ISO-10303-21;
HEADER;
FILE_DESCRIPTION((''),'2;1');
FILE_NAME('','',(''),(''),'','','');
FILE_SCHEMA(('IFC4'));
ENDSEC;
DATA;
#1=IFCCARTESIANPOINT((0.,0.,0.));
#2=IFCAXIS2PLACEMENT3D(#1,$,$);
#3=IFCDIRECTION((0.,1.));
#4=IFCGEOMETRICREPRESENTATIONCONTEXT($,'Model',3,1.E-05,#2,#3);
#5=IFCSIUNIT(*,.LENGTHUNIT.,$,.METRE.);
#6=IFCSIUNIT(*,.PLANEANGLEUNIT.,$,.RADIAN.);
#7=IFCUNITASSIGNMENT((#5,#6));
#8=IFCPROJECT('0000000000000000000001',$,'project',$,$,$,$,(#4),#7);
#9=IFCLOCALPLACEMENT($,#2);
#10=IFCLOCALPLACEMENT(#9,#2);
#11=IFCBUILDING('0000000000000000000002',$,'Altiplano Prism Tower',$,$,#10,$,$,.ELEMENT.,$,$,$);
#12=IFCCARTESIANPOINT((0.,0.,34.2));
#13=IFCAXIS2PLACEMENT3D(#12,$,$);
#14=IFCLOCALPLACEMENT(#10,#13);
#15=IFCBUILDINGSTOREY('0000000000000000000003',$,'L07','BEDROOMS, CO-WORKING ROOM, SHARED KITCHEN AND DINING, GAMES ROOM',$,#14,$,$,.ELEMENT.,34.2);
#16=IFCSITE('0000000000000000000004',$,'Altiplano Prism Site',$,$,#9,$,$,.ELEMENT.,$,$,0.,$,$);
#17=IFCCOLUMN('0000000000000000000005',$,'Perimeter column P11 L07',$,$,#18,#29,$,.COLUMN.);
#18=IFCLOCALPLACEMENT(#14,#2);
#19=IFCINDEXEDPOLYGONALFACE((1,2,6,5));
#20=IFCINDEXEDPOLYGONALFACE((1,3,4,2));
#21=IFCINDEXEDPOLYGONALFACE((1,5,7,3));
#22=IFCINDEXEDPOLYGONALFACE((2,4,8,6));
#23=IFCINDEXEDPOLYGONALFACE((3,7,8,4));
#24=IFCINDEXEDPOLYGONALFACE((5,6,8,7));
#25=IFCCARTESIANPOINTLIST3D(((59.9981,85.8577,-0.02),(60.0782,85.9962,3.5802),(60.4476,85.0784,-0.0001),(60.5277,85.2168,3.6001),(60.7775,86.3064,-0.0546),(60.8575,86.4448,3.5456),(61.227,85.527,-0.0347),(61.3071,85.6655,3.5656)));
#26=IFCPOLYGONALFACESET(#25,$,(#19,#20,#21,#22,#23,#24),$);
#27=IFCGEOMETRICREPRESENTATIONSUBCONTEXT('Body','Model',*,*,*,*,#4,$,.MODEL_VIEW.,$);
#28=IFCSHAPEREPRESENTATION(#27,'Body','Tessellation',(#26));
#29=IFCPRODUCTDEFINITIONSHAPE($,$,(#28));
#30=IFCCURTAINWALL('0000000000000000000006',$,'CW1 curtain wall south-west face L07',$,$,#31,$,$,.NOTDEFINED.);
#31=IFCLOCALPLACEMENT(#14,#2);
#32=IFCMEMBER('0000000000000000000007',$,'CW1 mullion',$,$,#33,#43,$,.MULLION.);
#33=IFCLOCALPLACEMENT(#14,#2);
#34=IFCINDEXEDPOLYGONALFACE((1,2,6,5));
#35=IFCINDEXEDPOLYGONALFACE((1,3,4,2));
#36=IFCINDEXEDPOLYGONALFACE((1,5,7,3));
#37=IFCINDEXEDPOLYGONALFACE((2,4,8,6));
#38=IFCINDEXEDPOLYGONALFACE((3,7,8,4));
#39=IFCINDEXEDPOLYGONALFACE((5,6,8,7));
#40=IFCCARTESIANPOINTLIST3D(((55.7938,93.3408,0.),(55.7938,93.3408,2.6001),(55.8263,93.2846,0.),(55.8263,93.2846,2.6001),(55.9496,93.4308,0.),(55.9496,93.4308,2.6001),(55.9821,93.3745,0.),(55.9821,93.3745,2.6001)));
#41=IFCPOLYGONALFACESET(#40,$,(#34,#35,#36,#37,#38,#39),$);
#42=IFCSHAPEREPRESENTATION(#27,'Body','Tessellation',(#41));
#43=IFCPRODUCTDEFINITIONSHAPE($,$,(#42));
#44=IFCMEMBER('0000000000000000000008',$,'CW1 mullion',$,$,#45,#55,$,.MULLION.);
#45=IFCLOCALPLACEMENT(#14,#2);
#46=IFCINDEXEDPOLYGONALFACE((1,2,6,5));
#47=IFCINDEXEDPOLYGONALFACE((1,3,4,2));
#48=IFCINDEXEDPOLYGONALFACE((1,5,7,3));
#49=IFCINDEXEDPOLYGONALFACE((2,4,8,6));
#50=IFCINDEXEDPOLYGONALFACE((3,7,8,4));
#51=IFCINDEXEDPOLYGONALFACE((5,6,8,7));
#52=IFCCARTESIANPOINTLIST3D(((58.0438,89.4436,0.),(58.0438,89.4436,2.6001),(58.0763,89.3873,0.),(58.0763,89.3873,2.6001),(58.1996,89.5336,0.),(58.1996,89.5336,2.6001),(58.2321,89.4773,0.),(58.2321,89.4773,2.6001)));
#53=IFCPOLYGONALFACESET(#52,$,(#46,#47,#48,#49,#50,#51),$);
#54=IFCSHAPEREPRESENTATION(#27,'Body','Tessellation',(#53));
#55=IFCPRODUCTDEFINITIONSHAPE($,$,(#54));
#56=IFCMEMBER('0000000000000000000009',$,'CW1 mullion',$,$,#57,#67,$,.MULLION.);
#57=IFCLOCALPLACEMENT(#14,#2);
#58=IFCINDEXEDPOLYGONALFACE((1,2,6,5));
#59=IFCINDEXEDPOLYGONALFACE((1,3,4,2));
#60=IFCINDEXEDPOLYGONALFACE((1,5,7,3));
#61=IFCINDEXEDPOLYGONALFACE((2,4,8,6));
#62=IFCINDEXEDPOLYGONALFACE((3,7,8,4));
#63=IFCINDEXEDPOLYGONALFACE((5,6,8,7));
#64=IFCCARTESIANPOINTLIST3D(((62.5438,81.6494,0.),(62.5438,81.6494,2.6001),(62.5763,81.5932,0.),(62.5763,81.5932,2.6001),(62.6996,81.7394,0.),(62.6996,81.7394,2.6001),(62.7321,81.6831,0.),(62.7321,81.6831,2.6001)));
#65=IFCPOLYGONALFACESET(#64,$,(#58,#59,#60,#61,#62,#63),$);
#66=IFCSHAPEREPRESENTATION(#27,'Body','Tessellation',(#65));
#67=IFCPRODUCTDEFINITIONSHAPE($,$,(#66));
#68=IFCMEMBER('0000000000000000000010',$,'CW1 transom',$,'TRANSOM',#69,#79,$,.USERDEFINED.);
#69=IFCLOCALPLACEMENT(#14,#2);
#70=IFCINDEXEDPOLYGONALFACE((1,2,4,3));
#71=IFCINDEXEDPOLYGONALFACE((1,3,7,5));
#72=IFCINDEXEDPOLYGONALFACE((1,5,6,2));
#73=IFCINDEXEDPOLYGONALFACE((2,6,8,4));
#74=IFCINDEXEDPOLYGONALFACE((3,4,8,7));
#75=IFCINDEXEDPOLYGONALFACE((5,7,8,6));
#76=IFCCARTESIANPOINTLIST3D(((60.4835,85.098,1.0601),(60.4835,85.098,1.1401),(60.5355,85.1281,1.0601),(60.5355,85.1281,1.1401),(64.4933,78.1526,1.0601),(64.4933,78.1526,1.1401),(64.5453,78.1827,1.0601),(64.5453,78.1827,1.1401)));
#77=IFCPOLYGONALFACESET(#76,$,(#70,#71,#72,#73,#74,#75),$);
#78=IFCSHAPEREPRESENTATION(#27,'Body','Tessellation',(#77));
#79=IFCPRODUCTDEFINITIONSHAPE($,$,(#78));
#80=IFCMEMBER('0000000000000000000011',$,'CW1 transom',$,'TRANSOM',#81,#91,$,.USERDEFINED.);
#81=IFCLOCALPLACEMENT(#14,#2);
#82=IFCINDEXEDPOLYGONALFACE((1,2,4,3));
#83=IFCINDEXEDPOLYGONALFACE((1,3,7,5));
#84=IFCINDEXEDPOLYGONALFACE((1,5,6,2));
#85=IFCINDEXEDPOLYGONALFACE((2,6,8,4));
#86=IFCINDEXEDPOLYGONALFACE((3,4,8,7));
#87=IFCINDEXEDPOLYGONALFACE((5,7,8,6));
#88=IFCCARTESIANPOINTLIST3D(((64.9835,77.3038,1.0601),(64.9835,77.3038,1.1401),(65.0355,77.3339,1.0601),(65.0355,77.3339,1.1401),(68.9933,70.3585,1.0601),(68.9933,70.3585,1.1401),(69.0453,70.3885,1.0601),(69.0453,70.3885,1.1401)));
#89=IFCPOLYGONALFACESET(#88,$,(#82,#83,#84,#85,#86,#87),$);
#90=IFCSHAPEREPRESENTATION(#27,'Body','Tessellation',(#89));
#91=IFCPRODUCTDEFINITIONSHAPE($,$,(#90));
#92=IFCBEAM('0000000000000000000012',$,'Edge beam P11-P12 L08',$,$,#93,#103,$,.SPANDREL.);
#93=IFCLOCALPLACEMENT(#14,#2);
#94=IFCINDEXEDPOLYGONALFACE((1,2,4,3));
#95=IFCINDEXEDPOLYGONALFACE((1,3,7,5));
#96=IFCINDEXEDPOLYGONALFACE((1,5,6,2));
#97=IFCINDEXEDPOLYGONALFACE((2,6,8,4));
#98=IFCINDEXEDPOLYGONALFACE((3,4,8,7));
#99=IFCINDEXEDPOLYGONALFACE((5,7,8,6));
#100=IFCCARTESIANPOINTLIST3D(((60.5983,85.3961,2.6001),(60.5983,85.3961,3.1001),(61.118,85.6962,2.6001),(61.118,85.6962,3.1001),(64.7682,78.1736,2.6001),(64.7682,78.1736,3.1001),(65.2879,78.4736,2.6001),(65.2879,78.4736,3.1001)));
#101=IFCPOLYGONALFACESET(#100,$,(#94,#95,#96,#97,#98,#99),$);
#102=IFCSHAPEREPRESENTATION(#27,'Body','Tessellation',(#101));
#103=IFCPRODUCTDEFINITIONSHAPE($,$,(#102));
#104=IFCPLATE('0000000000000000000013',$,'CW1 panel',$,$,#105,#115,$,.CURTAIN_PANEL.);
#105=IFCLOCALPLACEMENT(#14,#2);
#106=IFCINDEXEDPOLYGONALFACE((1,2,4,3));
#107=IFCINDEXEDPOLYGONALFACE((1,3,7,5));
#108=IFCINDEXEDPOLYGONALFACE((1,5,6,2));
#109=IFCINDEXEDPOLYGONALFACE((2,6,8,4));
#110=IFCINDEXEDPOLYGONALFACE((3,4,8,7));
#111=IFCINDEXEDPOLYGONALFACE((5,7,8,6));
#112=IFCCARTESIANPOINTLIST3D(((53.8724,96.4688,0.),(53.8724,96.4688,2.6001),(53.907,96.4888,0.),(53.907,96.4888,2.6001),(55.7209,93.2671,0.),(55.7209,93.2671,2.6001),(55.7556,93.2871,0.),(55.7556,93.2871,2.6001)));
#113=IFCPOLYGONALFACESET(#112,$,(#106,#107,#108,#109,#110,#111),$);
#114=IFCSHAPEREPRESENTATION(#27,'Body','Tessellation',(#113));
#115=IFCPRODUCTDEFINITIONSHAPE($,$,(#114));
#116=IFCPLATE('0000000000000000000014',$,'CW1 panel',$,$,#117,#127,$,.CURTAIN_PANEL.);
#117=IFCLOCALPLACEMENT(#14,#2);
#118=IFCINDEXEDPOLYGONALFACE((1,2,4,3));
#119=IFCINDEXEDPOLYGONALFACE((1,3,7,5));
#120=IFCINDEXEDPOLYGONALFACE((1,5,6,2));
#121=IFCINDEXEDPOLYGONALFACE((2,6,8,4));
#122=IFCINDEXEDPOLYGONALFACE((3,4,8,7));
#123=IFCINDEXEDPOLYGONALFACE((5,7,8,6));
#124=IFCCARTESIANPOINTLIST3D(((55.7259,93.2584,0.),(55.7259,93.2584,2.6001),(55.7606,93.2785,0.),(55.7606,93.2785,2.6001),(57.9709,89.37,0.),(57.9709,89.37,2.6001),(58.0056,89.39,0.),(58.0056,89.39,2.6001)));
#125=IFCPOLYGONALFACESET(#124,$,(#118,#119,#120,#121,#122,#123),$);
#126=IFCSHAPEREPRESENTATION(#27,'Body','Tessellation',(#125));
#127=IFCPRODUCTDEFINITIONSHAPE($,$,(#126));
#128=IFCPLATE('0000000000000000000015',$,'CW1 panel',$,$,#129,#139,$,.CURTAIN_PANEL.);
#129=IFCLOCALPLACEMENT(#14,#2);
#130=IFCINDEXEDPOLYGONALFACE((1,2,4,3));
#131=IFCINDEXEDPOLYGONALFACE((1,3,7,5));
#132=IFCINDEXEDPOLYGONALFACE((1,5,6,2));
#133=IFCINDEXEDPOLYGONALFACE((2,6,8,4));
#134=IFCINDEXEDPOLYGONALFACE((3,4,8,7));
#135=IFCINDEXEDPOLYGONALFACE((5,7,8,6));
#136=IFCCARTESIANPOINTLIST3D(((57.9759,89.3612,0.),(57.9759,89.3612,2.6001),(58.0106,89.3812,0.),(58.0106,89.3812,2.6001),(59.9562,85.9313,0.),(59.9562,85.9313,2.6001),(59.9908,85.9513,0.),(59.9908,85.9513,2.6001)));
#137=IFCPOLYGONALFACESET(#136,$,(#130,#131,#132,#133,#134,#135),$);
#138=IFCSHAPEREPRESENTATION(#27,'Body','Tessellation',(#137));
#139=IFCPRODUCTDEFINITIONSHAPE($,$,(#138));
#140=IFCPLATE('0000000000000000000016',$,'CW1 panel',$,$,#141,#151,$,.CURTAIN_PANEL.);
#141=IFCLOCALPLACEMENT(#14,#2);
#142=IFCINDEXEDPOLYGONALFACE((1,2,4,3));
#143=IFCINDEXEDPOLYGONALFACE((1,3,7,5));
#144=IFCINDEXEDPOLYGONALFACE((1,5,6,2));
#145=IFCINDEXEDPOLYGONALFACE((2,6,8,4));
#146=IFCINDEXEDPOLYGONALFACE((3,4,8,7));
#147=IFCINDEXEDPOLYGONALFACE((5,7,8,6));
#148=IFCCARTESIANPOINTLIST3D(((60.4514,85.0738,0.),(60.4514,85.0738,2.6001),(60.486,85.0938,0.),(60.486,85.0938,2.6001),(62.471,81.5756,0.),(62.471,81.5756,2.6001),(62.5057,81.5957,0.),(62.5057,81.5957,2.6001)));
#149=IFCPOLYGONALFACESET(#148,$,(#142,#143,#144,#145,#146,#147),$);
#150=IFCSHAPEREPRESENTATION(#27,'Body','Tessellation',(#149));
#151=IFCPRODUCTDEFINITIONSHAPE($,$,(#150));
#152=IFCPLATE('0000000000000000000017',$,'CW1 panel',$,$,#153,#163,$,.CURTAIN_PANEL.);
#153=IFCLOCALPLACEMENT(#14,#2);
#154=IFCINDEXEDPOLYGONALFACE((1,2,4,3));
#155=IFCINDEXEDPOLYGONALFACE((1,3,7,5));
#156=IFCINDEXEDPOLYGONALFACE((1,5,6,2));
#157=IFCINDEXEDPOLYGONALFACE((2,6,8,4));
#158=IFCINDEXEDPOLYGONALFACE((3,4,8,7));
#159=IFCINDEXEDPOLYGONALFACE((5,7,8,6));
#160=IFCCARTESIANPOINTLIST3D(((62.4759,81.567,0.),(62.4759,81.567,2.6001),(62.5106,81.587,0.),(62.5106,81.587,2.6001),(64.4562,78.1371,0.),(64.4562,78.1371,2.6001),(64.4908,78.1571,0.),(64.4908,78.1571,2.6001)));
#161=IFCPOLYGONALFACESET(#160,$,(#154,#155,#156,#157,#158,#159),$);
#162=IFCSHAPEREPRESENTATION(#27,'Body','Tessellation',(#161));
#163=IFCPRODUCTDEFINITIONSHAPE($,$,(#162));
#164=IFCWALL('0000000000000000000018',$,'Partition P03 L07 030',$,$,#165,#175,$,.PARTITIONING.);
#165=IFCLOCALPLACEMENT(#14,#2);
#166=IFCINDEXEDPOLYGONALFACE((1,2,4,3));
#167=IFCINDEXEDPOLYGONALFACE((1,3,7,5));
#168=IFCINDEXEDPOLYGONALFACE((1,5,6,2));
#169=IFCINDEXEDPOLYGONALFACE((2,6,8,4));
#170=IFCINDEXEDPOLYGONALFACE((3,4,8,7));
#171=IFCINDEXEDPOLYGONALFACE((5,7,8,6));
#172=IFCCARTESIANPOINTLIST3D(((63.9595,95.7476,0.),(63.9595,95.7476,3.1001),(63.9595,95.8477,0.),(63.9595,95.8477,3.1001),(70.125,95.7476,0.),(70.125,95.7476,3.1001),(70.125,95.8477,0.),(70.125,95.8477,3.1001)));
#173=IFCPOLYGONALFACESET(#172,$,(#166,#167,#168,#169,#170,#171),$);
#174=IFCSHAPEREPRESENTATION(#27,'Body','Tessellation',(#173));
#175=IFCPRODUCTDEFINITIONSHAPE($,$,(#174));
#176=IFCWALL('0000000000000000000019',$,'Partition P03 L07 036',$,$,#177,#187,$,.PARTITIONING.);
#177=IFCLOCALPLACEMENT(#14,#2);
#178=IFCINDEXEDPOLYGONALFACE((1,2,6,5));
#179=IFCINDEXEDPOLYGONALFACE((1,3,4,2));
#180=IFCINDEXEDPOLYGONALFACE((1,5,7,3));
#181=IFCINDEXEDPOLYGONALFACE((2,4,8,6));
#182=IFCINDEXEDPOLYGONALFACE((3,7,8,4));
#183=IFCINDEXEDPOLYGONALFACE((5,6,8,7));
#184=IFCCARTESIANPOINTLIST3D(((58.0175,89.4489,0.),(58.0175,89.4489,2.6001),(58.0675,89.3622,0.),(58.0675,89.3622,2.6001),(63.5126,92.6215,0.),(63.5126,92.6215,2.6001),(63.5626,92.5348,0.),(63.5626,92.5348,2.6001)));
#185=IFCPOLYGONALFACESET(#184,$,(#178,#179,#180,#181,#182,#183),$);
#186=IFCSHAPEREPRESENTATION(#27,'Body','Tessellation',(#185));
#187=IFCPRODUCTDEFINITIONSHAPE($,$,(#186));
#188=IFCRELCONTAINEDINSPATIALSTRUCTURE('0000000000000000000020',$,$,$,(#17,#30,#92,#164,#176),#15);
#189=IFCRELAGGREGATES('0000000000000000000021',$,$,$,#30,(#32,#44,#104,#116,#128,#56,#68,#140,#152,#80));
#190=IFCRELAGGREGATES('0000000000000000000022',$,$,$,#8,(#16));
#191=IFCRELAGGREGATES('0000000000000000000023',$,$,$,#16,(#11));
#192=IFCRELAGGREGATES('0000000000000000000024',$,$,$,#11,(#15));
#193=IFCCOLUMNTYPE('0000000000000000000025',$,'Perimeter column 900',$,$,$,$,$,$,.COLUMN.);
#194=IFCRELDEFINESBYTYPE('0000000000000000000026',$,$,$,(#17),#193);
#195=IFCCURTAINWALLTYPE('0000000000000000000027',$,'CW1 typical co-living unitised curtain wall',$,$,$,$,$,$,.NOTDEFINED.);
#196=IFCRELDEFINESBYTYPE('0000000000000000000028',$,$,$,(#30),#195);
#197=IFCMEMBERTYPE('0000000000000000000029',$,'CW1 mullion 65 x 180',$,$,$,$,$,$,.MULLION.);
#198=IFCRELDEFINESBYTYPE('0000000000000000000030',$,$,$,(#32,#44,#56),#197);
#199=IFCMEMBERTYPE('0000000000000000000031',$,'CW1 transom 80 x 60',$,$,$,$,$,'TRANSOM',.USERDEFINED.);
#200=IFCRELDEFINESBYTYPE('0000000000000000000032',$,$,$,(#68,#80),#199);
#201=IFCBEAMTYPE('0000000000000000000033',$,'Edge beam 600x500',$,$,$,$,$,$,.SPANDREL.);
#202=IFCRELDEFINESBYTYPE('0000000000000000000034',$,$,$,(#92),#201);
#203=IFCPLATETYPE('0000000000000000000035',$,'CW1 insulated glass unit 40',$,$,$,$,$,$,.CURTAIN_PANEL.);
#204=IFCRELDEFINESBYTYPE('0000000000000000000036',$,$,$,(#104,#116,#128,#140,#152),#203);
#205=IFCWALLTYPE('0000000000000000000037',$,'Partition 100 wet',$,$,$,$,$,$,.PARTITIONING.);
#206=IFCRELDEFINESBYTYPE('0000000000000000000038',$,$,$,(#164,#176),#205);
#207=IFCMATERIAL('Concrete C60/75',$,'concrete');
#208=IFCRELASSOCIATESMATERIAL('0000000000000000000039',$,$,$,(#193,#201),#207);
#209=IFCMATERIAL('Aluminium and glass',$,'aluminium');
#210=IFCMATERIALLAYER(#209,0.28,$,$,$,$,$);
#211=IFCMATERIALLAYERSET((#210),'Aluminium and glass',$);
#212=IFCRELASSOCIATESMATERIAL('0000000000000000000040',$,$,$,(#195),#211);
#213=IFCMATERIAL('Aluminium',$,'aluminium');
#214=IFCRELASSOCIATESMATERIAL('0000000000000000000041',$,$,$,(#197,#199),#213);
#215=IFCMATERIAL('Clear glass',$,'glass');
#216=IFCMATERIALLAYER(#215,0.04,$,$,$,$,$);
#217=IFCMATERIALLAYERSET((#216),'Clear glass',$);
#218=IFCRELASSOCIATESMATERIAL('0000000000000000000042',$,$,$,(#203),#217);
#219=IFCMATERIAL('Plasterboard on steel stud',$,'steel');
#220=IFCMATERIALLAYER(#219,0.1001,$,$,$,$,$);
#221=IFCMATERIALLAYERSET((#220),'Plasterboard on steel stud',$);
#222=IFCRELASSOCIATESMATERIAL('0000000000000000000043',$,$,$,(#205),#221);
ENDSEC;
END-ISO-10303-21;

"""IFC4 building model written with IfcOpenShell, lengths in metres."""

from ifc_helpers import new_model, si_unit, direction, frame, frame_2d, origin, origin_2d, place, context, subcontext, project, spatial, rectangle, extrude, material, layer, layer_set, material_profile, profile_set, type_object, element, aggregate, save


model = new_model("IFC4")

# Units and contexts
model_context = context("Model", 3, precision=1e-05, world=origin(), true_north=direction((0.0, 1.0)))
body_context = subcontext(model_context, "Body", "Model", "MODEL_VIEW")
ifc_project = project(units=[si_unit("LENGTHUNIT", "METRE"), si_unit("PLANEANGLEUNIT", "RADIAN")], contexts=[model_context])

# Site, building, storey
site_placement = place(None, origin())
site = spatial("IfcSite", under=ifc_project, at=site_placement, Name="Altiplano Prism Site", CompositionType="ELEMENT", RefElevation=0.0)
building_placement = place(site_placement, origin())
building = spatial("IfcBuilding", under=site, at=building_placement, Name="Altiplano Prism Tower", CompositionType="ELEMENT")
storey_placement = place(building_placement, frame((0.0, 0.0, 34.2)))
storey = spatial("IfcBuildingStorey", under=building, at=storey_placement, Name="L07", Description="BEDROOMS, CO-WORKING ROOM, SHARED KITCHEN AND DINING, GAMES ROOM", CompositionType="ELEMENT", Elevation=34.2)

# Column
ifc_material_1 = material(Name="Concrete C60/75", Category="concrete")
ifc_material_profile_1 = material_profile(ifc_material_1, rectangle(XDim=0.8999, YDim=0.8999, at=origin_2d()), Name="Perimeter column 900")
ifc_profile_set_1 = profile_set([ifc_material_profile_1], Name="Concrete C60/75")
column_type = type_object("IfcColumnType", Name="Perimeter column 900", PredefinedType="COLUMN", material=ifc_profile_set_1)
column_placement = place(storey_placement, frame((60.6125, 85.6924, -0.0273), z_axis=(0.022221, 0.038413, 0.999015), x_axis=(-0.866021, -0.498528, 0.038432)))
element("IfcColumn", 1, at=column_placement, inside=storey, type_object=column_type, Name="Perimeter column P11 L07", PredefinedType="COLUMN", context=body_context, shape_type="SweptSolid", body=[
    extrude(rectangle(XDim=0.8999, YDim=0.8999, at=origin_2d()), origin(), (0.0, 0.0, 1.0), 3.6038),
])

# Curtain wall, members
ifc_material_2 = material(Name="Aluminium and glass", Category="aluminium")
ifc_layer_1 = layer(ifc_material_2, 0.28)
ifc_layer_set_1 = layer_set([ifc_layer_1], Name="Aluminium and glass")
curtain_wall_type = type_object("IfcCurtainWallType", Name="CW1 typical co-living unitised curtain wall", PredefinedType="NOTDEFINED", material=ifc_layer_set_1)
curtain_wall_placement = place(storey_placement, origin())
curtain_wall = element("IfcCurtainWall", 2, at=curtain_wall_placement, inside=storey, type_object=curtain_wall_type, Name="CW1 curtain wall south-west face L07", PredefinedType="NOTDEFINED")
ifc_material_3 = material(Name="Aluminium", Category="aluminium")
ifc_material_profile_2 = material_profile(ifc_material_3, rectangle(XDim=0.1799, YDim=0.0649, at=origin_2d()), Name="CW1 mullion 65 x 180")
ifc_profile_set_2 = profile_set([ifc_material_profile_2], Name="Aluminium")
member_type_1 = type_object("IfcMemberType", Name="CW1 mullion 65 x 180", PredefinedType="MULLION", material=ifc_profile_set_2)
member_1_placement = place(storey_placement, frame((55.8879, 93.3577, 0.0), z_axis=(0.0, 0.0, 1.0), x_axis=(0.866025, 0.5, 0.0)))
member_1 = element("IfcMember", 3, at=member_1_placement, type_object=member_type_1, Name="CW1 mullion", PredefinedType="MULLION", context=body_context, shape_type="SweptSolid", body=[
    extrude(rectangle(XDim=0.1799, YDim=0.0649, at=origin_2d()), origin(), (0.0, 0.0, 1.0), 2.6001),
])
member_2_placement = place(storey_placement, frame((58.1379, 89.4604, 0.0), z_axis=(0.0, 0.0, 1.0), x_axis=(0.866025, 0.5, 0.0)))
member_2 = element("IfcMember", 4, at=member_2_placement, type_object=member_type_1, Name="CW1 mullion", PredefinedType="MULLION", context=body_context, shape_type="SweptSolid", body=[
    extrude(rectangle(XDim=0.1799, YDim=0.0649, at=origin_2d()), origin(), (0.0, 0.0, 1.0), 2.6001),
])
member_3_placement = place(storey_placement, frame((62.6379, 81.6663, 0.0), z_axis=(0.0, 0.0, 1.0), x_axis=(0.866025, 0.5, 0.0)))
member_3 = element("IfcMember", 5, at=member_3_placement, type_object=member_type_1, Name="CW1 mullion", PredefinedType="MULLION", context=body_context, shape_type="SweptSolid", body=[
    extrude(rectangle(XDim=0.1799, YDim=0.0649, at=origin_2d()), origin(), (0.0, 0.0, 1.0), 2.6001),
])
ifc_material_profile_3 = material_profile(ifc_material_3, rectangle(XDim=0.0601, YDim=0.0801, at=origin_2d()), Name="CW1 transom 80 x 60")
ifc_profile_set_3 = profile_set([ifc_material_profile_3], Name="Aluminium")
member_type_2 = type_object("IfcMemberType", Name="CW1 transom 80 x 60", ElementType="TRANSOM", PredefinedType="USERDEFINED", material=ifc_profile_set_3)
member_4_placement = place(storey_placement, frame((60.5095, 85.113, 1.1001), z_axis=(0.499989, -0.866031, 0.0), x_axis=(0.866031, 0.499989, 0.0)))
member_4 = element("IfcMember", 6, at=member_4_placement, type_object=member_type_2, Name="CW1 transom", ObjectType="TRANSOM", PredefinedType="USERDEFINED", context=body_context, shape_type="SweptSolid", body=[
    extrude(rectangle(XDim=0.0601, YDim=0.0801, at=origin_2d()), origin(), (0.0, 0.0, 1.0), 8.0198),
])
member_5_placement = place(storey_placement, frame((65.0095, 77.3188, 1.1001), z_axis=(0.499989, -0.866031, 0.0), x_axis=(0.866031, 0.499989, 0.0)))
member_5 = element("IfcMember", 7, at=member_5_placement, type_object=member_type_2, Name="CW1 transom", ObjectType="TRANSOM", PredefinedType="USERDEFINED", context=body_context, shape_type="SweptSolid", body=[
    extrude(rectangle(XDim=0.0601, YDim=0.0801, at=origin_2d()), origin(), (0.0, 0.0, 1.0), 8.0198),
])

# Beam
ifc_material_profile_4 = material_profile(ifc_material_1, rectangle(XDim=0.6001, YDim=0.5, at=origin_2d()), Name="Edge beam 600x500")
ifc_profile_set_4 = profile_set([ifc_material_profile_4], Name="Concrete C60/75")
beam_type = type_object("IfcBeamType", Name="Edge beam 600x500", PredefinedType="SPANDREL", material=ifc_profile_set_4)
beam_placement = place(storey_placement, frame((60.8582, 85.5461, 2.8501), z_axis=(0.499993, -0.86603, 0.0), x_axis=(0.86603, 0.499993, 0.0)))
element("IfcBeam", 8, at=beam_placement, inside=storey, type_object=beam_type, Name="Edge beam P11-P12 L08", PredefinedType="SPANDREL", context=body_context, shape_type="SweptSolid", body=[
    extrude(rectangle(XDim=0.6001, YDim=0.5, at=origin_2d()), origin(), (0.0, 0.0, 1.0), 8.3398),
])

# Plates
ifc_material_4 = material(Name="Clear glass", Category="glass")
ifc_layer_2 = layer(ifc_material_4, 0.04)
ifc_layer_set_2 = layer_set([ifc_layer_2], Name="Clear glass")
plate_type = type_object("IfcPlateType", Name="CW1 insulated glass unit 40", PredefinedType="CURTAIN_PANEL", material=ifc_layer_set_2)
plate_1_placement = place(storey_placement, frame((54.814, 94.8779, 0.0), z_axis=(0.0, 0.0, 1.0), x_axis=(0.5, -0.866025, 0.0)))
plate_1 = element("IfcPlate", 9, at=plate_1_placement, type_object=plate_type, Name="CW1 panel", PredefinedType="CURTAIN_PANEL", context=body_context, shape_type="SweptSolid", body=[
    extrude(rectangle(XDim=3.697, YDim=0.04, at=origin_2d()), origin(), (0.0, 0.0, 1.0), 2.6001),
])
plate_2_placement = place(storey_placement, frame((56.8657, 91.3242, 0.0), z_axis=(0.0, 0.0, 1.0), x_axis=(0.5, -0.866025, 0.0)))
plate_2 = element("IfcPlate", 10, at=plate_2_placement, type_object=plate_type, Name="CW1 panel", PredefinedType="CURTAIN_PANEL", context=body_context, shape_type="SweptSolid", body=[
    extrude(rectangle(XDim=4.49, YDim=0.04, at=origin_2d()), origin(), (0.0, 0.0, 1.0), 2.6001),
])
plate_3_placement = place(storey_placement, frame((58.9834, 87.6562, 0.0), z_axis=(0.0, 0.0, 1.0), x_axis=(0.5, -0.866025, 0.0)))
plate_3 = element("IfcPlate", 11, at=plate_3_placement, type_object=plate_type, Name="CW1 panel", PredefinedType="CURTAIN_PANEL", context=body_context, shape_type="SweptSolid", body=[
    extrude(rectangle(XDim=3.9604, YDim=0.04, at=origin_2d()), origin(), (0.0, 0.0, 1.0), 2.6001),
])
plate_4_placement = place(storey_placement, frame((61.4785, 83.3347, 0.0), z_axis=(0.0, 0.0, 1.0), x_axis=(0.5, -0.866025, 0.0)))
plate_4 = element("IfcPlate", 12, at=plate_4_placement, type_object=plate_type, Name="CW1 panel", PredefinedType="CURTAIN_PANEL", context=body_context, shape_type="SweptSolid", body=[
    extrude(rectangle(XDim=4.0393, YDim=0.04, at=origin_2d()), origin(), (0.0, 0.0, 1.0), 2.6001),
])
plate_5_placement = place(storey_placement, frame((63.4834, 79.8621, 0.0), z_axis=(0.0, 0.0, 1.0), x_axis=(0.5, -0.866025, 0.0)))
plate_5 = element("IfcPlate", 13, at=plate_5_placement, type_object=plate_type, Name="CW1 panel", PredefinedType="CURTAIN_PANEL", context=body_context, shape_type="SweptSolid", body=[
    extrude(rectangle(XDim=3.9604, YDim=0.04, at=origin_2d()), origin(), (0.0, 0.0, 1.0), 2.6001),
])
aggregate(curtain_wall, [member_1, member_2, plate_1, plate_2, plate_3, member_3, member_4, plate_4, plate_5, member_5])

# Walls
ifc_material_5 = material(Name="Plasterboard on steel stud", Category="steel")
ifc_layer_3 = layer(ifc_material_5, 0.1001)
ifc_layer_set_3 = layer_set([ifc_layer_3], Name="Plasterboard on steel stud")
wall_type_1 = type_object("IfcWallType", Name="Partition 100 wet", PredefinedType="PARTITIONING", material=ifc_layer_set_3)
wall_1_placement = place(storey_placement, frame((63.9595, 95.7976, 0.0), z_axis=(0.0, 0.0, 1.0), x_axis=(1.0, 0.0, 0.0)))
element("IfcWall", 14, at=wall_1_placement, inside=storey, type_object=wall_type_1, Name="Partition P03 L07 030", PredefinedType="PARTITIONING", context=body_context, shape_type="SweptSolid", body=[
    extrude(rectangle(XDim=6.1655, YDim=0.1001, at=frame_2d((3.0828, 0.0))), origin(), (0.0, 0.0, 1.0), 3.1001),
])
for number, where, z_axis, x_axis, name in (
    (15, (58.0425, 89.4055, 0.0), (0.0, 0.0, 1.0), (0.866025, 0.5, 0.0), "Partition P03 L07 036"),
):
    element("IfcWall", number, at=place(storey_placement, frame(where, z_axis=z_axis, x_axis=x_axis)), inside=storey, type_object=wall_type_1, Name=name, PredefinedType="PARTITIONING", context=body_context, shape_type="SweptSolid", body=[
        extrude(rectangle(XDim=6.3452, YDim=0.1001, at=frame_2d((3.1726, 0.0))), origin(), (0.0, 0.0, 1.0), 2.6001),
    ])

save(model, "model.ifc")
